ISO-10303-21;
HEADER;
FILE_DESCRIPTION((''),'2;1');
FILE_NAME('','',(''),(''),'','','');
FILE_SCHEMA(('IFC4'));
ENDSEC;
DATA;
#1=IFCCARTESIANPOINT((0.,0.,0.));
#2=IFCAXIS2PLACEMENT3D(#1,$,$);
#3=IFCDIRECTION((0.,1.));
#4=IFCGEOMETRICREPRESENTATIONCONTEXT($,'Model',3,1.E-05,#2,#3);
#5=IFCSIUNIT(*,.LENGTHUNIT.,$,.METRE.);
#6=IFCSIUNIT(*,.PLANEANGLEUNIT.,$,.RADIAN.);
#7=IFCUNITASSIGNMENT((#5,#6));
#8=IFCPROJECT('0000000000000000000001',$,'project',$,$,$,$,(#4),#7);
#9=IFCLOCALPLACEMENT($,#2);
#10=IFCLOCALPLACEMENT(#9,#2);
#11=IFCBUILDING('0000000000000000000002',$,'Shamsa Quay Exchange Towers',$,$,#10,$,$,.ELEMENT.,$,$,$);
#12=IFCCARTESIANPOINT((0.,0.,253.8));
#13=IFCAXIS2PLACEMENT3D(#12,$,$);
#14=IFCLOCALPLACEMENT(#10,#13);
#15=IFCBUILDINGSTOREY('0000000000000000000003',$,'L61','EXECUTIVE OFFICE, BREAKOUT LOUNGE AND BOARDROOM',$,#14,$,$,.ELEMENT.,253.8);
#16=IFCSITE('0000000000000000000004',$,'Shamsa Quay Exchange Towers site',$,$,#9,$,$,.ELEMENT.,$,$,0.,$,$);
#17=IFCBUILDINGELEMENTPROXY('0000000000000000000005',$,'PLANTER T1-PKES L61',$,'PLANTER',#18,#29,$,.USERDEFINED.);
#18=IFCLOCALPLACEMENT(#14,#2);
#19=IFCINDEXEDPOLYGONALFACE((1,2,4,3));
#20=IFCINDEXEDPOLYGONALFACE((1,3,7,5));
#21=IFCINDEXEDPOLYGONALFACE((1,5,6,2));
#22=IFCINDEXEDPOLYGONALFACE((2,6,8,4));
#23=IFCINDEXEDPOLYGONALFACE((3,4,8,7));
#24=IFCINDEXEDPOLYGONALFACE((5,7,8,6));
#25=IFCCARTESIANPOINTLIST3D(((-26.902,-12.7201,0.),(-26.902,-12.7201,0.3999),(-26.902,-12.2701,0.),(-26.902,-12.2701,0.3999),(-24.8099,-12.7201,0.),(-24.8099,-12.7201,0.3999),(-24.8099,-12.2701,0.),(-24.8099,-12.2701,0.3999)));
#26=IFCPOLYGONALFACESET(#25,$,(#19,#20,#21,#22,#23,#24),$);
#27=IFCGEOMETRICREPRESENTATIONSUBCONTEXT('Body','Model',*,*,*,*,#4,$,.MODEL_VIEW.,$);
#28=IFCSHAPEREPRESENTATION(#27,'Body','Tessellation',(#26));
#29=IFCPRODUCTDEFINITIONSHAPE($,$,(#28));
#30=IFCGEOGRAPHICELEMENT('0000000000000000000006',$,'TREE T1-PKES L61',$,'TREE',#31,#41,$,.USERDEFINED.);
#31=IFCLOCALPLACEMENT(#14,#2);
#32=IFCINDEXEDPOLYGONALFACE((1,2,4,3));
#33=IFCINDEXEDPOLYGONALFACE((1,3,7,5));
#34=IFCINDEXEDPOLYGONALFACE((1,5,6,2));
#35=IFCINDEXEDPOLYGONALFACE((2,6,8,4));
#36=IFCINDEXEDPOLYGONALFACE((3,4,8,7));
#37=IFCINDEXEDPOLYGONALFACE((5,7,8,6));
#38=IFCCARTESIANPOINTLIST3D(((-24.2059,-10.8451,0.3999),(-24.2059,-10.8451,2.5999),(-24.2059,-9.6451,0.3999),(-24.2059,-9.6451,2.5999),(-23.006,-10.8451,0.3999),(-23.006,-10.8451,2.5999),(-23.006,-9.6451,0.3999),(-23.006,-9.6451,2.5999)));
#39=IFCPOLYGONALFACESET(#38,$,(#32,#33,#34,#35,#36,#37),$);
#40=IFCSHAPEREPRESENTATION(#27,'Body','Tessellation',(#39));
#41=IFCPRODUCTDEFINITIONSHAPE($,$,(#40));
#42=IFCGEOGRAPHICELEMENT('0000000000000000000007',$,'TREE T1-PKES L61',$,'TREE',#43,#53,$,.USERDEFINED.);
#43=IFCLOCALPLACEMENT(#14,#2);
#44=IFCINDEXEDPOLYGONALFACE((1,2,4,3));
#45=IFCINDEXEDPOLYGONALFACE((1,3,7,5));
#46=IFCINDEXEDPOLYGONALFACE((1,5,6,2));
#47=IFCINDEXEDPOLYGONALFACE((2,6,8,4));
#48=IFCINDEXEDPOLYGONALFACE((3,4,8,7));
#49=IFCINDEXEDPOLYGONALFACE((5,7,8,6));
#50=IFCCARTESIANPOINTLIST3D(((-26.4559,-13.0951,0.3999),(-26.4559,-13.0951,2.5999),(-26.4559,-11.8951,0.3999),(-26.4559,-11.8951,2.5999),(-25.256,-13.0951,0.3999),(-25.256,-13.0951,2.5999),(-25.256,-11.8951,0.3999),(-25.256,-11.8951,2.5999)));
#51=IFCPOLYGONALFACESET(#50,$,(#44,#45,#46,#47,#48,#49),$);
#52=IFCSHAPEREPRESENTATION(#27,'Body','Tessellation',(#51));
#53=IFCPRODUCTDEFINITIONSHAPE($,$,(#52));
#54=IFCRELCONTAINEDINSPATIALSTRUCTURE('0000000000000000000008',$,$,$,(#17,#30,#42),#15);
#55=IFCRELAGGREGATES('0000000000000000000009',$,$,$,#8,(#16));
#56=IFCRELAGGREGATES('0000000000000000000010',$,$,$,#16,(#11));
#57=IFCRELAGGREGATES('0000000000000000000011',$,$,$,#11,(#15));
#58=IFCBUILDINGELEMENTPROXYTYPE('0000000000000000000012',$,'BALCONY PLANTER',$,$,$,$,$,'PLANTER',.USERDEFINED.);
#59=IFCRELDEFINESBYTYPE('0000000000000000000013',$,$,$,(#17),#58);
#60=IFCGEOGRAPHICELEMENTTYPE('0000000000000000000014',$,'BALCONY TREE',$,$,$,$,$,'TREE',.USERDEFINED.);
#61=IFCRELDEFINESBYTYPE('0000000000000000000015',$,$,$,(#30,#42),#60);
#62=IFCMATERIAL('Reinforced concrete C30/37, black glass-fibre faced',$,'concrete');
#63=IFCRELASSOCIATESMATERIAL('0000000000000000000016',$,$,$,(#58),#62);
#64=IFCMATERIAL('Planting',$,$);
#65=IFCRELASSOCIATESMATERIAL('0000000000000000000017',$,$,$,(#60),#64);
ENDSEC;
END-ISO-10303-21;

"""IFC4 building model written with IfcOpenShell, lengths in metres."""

from ifc_helpers import new_model, si_unit, direction, frame, origin, origin_2d, place, context, subcontext, project, spatial, rectangle, extrude, material, type_object, element, save


model = new_model("IFC4")

# Units and contexts
model_context = context("Model", 3, precision=1e-05, world=origin(), true_north=direction((0.0, 1.0)))
body_context = subcontext(model_context, "Body", "Model", "MODEL_VIEW")
ifc_project = project(units=[si_unit("LENGTHUNIT", "METRE"), si_unit("PLANEANGLEUNIT", "RADIAN")], contexts=[model_context])

# Site, building, storey
site_placement = place(None, origin())
site = spatial("IfcSite", under=ifc_project, at=site_placement, Name="Shamsa Quay Exchange Towers site", CompositionType="ELEMENT", RefElevation=0.0)
building_placement = place(site_placement, origin())
building = spatial("IfcBuilding", under=site, at=building_placement, Name="Shamsa Quay Exchange Towers", CompositionType="ELEMENT")
storey_placement = place(building_placement, frame((0.0, 0.0, 253.8)))
storey = spatial("IfcBuildingStorey", under=building, at=storey_placement, Name="L61", Description="EXECUTIVE OFFICE, BREAKOUT LOUNGE AND BOARDROOM", CompositionType="ELEMENT", Elevation=253.8)

# Building element proxy
ifc_material_1 = material(Name="Reinforced concrete C30/37, black glass-fibre faced", Category="concrete")
building_element_proxy_type = type_object("IfcBuildingElementProxyType", Name="BALCONY PLANTER", ElementType="PLANTER", PredefinedType="USERDEFINED", material=ifc_material_1)
for number, where, name in (
    (1, (-25.856, -12.4951, 0.0), "PLANTER T1-PKES L61"),
):
    element("IfcBuildingElementProxy", number, at=place(storey_placement, frame(where)), inside=storey, type_object=building_element_proxy_type, Name=name, ObjectType="PLANTER", PredefinedType="USERDEFINED", context=body_context, shape_type="SweptSolid", body=[
        extrude(rectangle(XDim=2.092, YDim=0.45, at=origin_2d()), origin(), (0.0, 0.0, 1.0), 0.3999),
    ])

# Geographic elements
ifc_material_2 = material(Name="Planting")
geographic_element_type = type_object("IfcGeographicElementType", Name="BALCONY TREE", ElementType="TREE", PredefinedType="USERDEFINED", material=ifc_material_2)
for number, where, name in (
    (2, (-23.606, -10.2451, 0.3999), "TREE T1-PKES L61"),
    (3, (-25.856, -12.4951, 0.3999), "TREE T1-PKES L61"),
):
    element("IfcGeographicElement", number, at=place(storey_placement, frame(where)), inside=storey, type_object=geographic_element_type, Name=name, ObjectType="TREE", PredefinedType="USERDEFINED", context=body_context, shape_type="SweptSolid", body=[
        extrude(rectangle(XDim=1.2, YDim=1.2, at=origin_2d()), origin(), (0.0, 0.0, 1.0), 2.2),
    ])

save(model, "model.ifc")
